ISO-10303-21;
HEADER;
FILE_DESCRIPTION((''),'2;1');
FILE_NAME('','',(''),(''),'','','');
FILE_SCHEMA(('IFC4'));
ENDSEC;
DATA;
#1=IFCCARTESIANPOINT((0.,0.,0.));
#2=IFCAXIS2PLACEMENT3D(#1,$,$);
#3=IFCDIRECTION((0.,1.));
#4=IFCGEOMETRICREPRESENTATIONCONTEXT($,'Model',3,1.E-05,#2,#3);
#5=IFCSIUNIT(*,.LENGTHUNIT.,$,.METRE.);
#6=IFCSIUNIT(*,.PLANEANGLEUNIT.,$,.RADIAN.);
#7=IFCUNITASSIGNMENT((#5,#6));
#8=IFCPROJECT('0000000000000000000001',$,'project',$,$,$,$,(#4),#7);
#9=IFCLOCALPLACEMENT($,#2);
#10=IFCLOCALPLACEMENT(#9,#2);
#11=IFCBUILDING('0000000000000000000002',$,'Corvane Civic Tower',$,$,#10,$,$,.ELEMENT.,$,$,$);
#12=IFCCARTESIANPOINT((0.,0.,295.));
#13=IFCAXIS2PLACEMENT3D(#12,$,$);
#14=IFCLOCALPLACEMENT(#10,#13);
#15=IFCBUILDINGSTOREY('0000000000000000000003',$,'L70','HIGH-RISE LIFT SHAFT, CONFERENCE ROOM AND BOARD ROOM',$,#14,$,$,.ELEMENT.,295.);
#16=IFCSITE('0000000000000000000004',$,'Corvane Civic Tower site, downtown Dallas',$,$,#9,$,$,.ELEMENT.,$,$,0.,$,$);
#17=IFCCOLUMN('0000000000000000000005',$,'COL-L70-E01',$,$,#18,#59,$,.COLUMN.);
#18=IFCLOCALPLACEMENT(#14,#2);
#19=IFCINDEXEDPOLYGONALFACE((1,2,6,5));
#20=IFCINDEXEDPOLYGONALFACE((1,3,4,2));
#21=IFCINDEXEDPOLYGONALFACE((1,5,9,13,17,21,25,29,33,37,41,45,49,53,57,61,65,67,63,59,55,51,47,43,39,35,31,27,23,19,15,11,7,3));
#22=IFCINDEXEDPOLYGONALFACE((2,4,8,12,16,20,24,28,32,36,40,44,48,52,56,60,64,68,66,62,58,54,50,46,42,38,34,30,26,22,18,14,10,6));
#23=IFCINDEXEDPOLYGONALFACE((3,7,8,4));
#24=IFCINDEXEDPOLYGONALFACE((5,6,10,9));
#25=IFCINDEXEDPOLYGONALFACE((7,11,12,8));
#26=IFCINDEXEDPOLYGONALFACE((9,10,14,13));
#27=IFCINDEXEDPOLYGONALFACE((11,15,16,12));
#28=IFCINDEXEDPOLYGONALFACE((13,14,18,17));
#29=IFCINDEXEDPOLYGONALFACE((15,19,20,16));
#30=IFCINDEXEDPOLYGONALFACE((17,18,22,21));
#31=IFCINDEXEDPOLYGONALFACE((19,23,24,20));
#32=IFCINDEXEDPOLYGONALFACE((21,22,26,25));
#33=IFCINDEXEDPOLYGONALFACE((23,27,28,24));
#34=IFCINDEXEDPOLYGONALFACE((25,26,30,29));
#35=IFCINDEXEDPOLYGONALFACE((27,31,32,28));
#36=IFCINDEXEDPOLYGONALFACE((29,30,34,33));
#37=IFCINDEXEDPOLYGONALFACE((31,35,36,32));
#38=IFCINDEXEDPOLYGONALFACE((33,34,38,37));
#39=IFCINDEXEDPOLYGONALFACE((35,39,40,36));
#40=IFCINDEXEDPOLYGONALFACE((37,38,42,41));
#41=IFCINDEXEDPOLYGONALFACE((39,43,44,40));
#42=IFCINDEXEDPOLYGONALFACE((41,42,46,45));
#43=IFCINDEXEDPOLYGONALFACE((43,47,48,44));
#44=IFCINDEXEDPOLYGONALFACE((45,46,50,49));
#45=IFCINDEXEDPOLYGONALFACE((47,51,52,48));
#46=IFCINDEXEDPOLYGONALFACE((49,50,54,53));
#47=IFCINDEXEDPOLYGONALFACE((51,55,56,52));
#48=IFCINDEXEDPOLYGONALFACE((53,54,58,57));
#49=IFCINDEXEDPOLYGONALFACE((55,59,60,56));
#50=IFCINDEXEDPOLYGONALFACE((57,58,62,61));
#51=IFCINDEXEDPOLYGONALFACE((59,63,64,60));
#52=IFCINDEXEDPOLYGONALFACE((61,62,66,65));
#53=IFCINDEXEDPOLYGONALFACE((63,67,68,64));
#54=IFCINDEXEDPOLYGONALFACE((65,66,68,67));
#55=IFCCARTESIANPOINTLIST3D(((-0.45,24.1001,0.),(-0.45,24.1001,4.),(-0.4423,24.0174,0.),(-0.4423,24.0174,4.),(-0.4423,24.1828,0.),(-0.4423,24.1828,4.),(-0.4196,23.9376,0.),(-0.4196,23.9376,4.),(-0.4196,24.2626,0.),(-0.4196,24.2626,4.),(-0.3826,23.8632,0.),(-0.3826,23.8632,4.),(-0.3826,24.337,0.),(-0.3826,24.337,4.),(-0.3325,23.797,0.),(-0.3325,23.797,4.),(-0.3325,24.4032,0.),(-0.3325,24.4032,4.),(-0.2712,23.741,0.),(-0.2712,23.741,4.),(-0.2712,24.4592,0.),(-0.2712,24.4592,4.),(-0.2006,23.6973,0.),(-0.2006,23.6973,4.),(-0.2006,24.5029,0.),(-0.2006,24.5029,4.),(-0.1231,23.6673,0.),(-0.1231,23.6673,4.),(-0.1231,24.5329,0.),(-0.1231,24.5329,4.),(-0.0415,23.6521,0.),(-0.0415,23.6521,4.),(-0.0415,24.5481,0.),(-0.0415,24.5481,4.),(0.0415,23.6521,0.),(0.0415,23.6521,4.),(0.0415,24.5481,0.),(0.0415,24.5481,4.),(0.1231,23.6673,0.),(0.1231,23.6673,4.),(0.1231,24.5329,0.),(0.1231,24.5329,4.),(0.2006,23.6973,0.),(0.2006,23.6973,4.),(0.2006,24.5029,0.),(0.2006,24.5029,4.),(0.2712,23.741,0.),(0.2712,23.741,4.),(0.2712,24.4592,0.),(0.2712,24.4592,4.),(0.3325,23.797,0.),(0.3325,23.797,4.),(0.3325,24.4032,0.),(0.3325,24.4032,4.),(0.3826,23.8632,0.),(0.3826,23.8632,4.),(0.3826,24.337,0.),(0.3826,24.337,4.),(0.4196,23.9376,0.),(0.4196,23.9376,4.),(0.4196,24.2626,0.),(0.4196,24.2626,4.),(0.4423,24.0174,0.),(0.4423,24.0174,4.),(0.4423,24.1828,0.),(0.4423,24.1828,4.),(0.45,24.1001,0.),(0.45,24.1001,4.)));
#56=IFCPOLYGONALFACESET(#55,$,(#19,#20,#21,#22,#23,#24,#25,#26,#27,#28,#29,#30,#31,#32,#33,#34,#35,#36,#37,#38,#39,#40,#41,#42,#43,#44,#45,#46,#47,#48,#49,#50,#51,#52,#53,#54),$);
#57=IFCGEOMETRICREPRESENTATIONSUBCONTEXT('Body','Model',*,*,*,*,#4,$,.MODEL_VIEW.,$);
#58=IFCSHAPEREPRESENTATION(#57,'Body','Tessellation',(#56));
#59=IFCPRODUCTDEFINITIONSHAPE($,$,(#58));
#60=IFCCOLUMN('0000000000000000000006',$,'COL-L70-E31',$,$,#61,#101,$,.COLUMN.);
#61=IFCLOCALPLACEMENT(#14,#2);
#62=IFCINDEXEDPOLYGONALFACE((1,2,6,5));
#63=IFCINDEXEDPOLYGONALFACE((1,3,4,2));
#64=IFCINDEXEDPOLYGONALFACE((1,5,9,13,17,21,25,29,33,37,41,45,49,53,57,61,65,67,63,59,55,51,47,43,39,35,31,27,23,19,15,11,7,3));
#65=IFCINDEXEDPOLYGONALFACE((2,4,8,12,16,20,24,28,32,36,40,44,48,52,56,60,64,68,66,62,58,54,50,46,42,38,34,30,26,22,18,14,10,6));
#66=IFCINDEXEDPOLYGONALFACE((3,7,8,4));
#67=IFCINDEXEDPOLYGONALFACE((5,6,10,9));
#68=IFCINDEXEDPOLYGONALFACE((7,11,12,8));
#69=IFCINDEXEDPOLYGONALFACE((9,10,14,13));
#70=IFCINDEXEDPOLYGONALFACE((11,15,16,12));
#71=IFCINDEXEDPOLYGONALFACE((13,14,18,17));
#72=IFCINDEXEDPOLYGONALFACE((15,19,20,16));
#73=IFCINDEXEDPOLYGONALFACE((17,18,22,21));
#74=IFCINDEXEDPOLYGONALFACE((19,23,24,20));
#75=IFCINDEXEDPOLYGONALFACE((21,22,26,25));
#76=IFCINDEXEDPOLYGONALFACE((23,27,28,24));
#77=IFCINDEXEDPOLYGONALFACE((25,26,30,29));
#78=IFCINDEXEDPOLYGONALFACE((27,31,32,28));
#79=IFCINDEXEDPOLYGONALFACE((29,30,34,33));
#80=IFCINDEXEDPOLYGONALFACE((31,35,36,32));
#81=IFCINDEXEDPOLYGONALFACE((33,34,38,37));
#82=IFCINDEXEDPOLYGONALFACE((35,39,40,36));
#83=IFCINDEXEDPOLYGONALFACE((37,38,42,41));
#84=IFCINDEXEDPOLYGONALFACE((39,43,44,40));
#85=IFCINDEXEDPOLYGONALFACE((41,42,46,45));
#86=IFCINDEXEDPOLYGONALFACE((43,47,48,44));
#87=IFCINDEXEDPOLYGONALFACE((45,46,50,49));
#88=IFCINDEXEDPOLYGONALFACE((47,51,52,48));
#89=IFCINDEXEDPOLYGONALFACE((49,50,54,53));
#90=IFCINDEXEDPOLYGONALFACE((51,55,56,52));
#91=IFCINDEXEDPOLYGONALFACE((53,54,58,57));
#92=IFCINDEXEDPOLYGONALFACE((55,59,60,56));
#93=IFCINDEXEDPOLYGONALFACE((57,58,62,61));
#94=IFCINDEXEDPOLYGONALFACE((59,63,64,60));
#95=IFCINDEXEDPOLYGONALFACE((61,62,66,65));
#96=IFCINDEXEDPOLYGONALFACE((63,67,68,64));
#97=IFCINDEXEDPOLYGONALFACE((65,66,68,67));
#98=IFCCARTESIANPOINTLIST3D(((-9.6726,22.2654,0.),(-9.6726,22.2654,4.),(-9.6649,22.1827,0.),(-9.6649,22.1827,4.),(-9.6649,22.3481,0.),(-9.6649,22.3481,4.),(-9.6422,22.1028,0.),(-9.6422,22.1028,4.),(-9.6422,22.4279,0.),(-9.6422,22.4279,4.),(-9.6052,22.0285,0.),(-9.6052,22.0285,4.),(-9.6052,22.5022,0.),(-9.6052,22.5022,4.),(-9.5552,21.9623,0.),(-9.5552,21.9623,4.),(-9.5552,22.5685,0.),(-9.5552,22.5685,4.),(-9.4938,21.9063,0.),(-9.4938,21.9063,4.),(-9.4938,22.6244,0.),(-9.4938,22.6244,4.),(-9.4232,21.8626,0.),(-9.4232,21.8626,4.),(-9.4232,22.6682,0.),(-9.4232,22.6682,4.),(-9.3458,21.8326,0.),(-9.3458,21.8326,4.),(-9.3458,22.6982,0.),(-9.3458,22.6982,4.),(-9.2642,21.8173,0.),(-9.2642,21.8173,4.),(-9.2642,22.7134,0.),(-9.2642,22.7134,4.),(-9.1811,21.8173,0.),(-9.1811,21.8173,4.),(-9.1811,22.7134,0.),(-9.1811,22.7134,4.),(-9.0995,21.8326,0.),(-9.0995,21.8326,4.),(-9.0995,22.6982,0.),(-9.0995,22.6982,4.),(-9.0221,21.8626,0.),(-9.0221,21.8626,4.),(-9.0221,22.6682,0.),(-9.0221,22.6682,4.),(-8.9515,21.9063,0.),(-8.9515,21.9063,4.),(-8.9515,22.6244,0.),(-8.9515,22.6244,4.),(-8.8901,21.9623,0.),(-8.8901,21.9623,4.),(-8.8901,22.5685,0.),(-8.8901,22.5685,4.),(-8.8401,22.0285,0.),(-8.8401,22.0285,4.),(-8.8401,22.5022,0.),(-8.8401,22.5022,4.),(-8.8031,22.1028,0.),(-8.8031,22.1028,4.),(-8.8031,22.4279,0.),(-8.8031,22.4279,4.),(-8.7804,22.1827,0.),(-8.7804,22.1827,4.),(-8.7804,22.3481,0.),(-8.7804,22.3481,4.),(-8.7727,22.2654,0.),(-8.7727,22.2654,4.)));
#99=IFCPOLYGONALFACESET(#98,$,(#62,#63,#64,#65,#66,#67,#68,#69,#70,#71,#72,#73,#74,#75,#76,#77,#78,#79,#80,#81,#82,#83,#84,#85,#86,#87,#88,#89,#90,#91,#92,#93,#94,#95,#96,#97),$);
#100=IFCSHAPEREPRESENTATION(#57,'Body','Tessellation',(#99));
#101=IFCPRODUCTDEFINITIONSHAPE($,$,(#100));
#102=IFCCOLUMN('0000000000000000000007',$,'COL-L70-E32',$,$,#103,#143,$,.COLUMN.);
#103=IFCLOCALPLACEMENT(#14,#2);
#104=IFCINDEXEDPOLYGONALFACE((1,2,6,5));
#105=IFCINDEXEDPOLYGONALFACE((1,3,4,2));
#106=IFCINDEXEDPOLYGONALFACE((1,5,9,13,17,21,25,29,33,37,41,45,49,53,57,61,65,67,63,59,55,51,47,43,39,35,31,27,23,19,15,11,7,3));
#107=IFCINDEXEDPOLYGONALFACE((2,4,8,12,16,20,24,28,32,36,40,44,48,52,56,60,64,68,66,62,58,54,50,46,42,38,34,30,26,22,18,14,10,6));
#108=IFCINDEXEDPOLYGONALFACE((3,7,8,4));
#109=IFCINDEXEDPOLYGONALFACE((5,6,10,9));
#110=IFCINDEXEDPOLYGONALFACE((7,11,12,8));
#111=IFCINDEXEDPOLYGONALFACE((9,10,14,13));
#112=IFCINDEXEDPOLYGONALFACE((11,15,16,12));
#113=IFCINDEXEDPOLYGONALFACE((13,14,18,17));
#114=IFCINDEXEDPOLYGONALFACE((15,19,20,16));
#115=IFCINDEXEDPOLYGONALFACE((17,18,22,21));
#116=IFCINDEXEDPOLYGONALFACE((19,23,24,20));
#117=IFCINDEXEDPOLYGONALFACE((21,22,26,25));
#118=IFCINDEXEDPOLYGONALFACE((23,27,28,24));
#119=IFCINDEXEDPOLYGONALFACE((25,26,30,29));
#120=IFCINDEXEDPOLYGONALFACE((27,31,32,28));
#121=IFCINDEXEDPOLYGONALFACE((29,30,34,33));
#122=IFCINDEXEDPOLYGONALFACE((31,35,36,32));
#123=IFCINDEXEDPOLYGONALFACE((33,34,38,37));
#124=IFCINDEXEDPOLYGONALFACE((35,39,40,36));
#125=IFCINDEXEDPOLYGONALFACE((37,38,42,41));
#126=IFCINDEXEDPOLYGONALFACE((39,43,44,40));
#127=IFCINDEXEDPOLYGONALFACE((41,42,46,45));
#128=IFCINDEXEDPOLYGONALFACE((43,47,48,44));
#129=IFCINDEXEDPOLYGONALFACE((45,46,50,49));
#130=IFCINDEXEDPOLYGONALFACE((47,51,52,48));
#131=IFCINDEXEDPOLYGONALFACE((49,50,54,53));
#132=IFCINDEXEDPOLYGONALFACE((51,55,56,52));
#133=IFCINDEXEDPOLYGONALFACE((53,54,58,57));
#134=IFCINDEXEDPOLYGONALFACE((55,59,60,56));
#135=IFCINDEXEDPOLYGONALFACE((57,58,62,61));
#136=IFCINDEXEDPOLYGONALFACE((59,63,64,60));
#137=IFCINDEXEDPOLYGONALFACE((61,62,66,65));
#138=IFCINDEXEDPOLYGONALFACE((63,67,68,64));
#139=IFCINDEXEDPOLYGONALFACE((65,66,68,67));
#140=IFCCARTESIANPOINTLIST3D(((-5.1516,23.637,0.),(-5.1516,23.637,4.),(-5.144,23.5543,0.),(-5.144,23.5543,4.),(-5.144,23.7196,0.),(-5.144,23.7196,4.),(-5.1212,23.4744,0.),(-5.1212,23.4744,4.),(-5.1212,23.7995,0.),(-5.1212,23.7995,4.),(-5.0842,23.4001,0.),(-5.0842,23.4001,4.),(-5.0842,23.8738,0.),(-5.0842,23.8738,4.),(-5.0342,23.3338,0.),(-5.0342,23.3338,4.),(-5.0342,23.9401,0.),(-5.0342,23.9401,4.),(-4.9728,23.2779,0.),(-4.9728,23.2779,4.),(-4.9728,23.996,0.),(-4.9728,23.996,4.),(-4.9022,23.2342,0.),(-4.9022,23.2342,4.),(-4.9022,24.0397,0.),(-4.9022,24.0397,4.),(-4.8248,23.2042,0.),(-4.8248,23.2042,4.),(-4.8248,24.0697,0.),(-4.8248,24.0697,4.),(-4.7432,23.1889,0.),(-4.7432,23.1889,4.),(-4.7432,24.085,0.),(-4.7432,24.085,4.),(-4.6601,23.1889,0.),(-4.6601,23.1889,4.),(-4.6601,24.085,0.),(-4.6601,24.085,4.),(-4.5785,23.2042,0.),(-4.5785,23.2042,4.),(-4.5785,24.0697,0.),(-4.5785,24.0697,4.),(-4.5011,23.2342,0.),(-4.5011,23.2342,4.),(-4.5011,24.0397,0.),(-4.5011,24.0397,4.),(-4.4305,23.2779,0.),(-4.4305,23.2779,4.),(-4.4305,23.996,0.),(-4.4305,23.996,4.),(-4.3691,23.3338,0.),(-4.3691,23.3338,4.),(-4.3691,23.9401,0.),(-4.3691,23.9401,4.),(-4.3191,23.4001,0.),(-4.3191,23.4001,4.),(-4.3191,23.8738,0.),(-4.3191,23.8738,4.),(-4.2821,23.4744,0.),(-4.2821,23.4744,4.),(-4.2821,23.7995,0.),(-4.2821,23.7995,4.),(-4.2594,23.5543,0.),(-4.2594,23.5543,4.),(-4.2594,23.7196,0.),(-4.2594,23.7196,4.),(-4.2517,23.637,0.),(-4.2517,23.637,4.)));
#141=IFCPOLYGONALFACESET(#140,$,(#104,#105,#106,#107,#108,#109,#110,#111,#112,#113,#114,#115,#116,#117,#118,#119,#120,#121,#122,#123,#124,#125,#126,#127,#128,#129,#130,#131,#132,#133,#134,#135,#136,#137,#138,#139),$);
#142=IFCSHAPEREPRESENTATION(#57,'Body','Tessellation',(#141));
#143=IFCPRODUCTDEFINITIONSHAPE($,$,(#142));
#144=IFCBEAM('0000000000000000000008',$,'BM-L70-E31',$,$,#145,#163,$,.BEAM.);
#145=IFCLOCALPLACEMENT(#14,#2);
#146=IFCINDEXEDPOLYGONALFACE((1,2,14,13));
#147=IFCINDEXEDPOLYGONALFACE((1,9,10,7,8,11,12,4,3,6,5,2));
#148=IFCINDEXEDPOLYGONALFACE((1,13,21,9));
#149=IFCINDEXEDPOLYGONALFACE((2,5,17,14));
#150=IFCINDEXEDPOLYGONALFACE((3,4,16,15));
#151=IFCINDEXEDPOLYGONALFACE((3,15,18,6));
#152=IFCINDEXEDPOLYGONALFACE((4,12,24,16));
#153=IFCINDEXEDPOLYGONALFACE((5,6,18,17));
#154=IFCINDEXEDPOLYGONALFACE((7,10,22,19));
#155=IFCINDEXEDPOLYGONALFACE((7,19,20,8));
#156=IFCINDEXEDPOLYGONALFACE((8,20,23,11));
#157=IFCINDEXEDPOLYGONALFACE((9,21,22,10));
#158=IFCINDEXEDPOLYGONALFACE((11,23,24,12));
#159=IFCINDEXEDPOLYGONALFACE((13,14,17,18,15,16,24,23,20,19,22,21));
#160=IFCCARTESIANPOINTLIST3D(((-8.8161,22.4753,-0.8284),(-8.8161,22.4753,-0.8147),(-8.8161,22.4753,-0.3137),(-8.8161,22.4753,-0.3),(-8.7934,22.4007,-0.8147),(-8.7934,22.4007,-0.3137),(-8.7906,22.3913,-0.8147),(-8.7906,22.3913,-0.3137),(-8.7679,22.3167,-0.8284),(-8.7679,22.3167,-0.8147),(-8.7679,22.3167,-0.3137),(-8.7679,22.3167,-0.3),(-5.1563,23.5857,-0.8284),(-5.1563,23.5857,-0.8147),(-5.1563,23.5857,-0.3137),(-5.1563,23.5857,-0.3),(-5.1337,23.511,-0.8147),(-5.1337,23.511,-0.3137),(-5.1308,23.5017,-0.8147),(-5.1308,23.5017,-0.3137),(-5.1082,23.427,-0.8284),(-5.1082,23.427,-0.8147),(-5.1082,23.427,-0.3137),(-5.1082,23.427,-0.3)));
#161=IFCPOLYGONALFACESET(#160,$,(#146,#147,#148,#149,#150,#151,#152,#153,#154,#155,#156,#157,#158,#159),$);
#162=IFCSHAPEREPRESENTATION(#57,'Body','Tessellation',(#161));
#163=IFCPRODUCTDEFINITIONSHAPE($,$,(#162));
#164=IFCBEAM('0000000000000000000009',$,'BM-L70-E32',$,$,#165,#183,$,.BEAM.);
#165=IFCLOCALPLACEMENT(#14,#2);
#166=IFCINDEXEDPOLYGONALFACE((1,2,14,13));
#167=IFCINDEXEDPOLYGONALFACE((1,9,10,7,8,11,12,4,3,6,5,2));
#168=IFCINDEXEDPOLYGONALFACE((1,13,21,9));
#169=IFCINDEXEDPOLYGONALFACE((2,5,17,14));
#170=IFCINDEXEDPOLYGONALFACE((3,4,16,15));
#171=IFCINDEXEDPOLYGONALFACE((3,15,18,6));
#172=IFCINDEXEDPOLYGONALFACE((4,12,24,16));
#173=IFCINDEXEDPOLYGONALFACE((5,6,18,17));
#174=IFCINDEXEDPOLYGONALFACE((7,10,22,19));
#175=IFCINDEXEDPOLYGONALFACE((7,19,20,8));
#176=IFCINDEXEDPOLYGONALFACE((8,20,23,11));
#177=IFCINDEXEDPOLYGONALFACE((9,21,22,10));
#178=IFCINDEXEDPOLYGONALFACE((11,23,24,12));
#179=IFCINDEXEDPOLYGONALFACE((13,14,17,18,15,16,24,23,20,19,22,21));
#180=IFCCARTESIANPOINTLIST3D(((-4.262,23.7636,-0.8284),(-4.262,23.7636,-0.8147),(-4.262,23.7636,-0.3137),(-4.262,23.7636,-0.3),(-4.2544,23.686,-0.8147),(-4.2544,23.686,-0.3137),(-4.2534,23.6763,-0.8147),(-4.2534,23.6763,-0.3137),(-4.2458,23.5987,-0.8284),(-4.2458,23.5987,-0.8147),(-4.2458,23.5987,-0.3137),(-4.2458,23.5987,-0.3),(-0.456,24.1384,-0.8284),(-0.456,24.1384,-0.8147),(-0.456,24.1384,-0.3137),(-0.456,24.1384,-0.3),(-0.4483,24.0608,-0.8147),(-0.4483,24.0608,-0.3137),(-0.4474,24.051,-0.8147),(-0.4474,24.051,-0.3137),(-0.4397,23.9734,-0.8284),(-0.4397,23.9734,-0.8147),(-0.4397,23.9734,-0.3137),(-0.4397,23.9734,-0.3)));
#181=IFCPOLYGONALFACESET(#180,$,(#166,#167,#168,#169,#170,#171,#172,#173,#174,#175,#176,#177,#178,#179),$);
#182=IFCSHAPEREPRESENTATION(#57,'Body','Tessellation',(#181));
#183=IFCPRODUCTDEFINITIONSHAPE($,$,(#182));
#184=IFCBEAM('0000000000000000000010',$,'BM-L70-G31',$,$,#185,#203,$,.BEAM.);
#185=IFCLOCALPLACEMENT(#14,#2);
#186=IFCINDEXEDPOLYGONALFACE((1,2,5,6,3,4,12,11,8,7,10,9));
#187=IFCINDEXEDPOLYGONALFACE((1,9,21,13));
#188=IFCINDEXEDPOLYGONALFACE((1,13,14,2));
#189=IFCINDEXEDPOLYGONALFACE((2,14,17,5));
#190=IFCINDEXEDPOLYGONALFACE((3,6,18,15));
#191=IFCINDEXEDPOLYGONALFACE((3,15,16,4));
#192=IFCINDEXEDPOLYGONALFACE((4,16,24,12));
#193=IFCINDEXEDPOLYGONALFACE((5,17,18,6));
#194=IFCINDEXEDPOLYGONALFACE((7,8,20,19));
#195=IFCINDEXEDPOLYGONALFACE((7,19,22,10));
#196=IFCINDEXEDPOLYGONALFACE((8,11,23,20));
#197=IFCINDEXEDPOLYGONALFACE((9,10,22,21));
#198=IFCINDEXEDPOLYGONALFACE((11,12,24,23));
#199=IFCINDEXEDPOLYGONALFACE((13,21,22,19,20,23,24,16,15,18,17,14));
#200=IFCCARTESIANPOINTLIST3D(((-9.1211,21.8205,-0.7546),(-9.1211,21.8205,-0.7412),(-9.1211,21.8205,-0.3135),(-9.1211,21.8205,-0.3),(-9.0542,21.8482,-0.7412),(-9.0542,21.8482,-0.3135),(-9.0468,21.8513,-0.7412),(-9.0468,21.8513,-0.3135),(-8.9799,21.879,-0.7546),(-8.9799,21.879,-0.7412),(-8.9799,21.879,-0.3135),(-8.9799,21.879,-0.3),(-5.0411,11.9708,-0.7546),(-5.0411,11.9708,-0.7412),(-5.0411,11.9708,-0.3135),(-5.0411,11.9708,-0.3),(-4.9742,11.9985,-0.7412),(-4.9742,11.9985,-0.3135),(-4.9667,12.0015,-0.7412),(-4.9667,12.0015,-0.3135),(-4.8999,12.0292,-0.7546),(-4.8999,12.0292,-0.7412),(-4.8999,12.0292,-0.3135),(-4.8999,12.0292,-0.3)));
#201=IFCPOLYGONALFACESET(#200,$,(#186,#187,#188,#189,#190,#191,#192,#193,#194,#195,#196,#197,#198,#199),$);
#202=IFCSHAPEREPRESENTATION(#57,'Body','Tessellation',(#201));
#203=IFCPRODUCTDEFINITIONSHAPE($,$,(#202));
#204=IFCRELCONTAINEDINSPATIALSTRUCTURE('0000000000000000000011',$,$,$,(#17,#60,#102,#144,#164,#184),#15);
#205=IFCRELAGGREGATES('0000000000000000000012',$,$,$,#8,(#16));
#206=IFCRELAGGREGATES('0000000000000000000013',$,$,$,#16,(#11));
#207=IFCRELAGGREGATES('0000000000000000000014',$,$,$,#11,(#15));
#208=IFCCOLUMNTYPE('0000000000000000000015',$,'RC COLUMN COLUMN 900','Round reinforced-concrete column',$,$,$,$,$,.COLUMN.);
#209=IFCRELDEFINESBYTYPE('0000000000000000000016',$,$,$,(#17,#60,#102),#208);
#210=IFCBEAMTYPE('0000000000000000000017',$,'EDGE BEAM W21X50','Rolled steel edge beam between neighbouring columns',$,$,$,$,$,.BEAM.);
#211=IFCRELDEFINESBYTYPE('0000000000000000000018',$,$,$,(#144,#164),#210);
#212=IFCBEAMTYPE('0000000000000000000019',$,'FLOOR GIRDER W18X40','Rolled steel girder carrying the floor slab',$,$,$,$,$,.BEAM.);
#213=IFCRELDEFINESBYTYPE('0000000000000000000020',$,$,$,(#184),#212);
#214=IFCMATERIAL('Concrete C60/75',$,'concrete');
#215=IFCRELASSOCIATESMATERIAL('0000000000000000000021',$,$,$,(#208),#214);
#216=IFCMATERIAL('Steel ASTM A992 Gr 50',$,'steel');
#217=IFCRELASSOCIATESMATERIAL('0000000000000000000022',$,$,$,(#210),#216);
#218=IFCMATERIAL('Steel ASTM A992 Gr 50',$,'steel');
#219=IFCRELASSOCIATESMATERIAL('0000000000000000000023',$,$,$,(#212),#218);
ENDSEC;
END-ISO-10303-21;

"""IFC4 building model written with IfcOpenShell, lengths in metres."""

from ifc_helpers import new_model, si_unit, direction, frame, origin, origin_2d, place, context, subcontext, project, spatial, circle, i_section, extrude, material, material_profile, profile_set, type_object, element, save


model = new_model("IFC4")

# Units and contexts
model_context = context("Model", 3, precision=1e-05, world=origin(), true_north=direction((0.0, 1.0)))
body_context = subcontext(model_context, "Body", "Model", "MODEL_VIEW")
ifc_project = project(units=[si_unit("LENGTHUNIT", "METRE"), si_unit("PLANEANGLEUNIT", "RADIAN")], contexts=[model_context])

# Site, building, storey
site_placement = place(None, origin())
site = spatial("IfcSite", under=ifc_project, at=site_placement, Name="Corvane Civic Tower site, downtown Dallas", CompositionType="ELEMENT", RefElevation=0.0)
building_placement = place(site_placement, origin())
building = spatial("IfcBuilding", under=site, at=building_placement, Name="Corvane Civic Tower", CompositionType="ELEMENT")
storey_placement = place(building_placement, frame((0.0, 0.0, 295.0)))
storey = spatial("IfcBuildingStorey", under=building, at=storey_placement, Name="L70", Description="HIGH-RISE LIFT SHAFT, CONFERENCE ROOM AND BOARD ROOM", CompositionType="ELEMENT", Elevation=295.0)

# Columns
ifc_material_1 = material(Name="Concrete C60/75", Category="concrete")
ifc_material_profile_1 = material_profile(ifc_material_1, circle(Radius=0.45, at=origin_2d()), Name="COLUMN 900")
ifc_profile_set_1 = profile_set([ifc_material_profile_1], Name="Concrete C60/75")
column_type = type_object("IfcColumnType", Name="RC COLUMN COLUMN 900", Description="Round reinforced-concrete column", PredefinedType="COLUMN", material=ifc_profile_set_1)
for number, where, z_axis, x_axis, name in (
    (1, (0.0, 24.1001, 0.0), (0.0, 0.0, 1.0), (1.0, 0.0, 0.0), "COL-L70-E01"),
    (2, (-9.2227, 22.2654, 0.0), (0.0, 0.0, 1.0), (1.0, 0.0, 0.0), "COL-L70-E31"),
    (3, (-4.7017, 23.637, 0.0), (0.0, 0.0, 1.0), (1.0, 0.0, 0.0), "COL-L70-E32"),
):
    element("IfcColumn", number, at=place(storey_placement, frame(where, z_axis=z_axis, x_axis=x_axis)), inside=storey, type_object=column_type, Name=name, PredefinedType="COLUMN", context=body_context, shape_type="SweptSolid", body=[
        extrude(circle(Radius=0.45, at=origin_2d()), origin(), (0.0, 0.0, 1.0), 4.0),
    ])

# Beams
ifc_material_2 = material(Name="Steel ASTM A992 Gr 50", Category="steel")
ifc_material_profile_2 = material_profile(ifc_material_2, i_section(OverallWidth=0.1658, OverallDepth=0.5283, WebThickness=0.0098, FlangeThickness=0.0137, at=origin_2d()), Name="W21X50")
ifc_profile_set_2 = profile_set([ifc_material_profile_2], Name="Steel ASTM A992 Gr 50")
beam_type_1 = type_object("IfcBeamType", Name="EDGE BEAM W21X50", Description="Rolled steel edge beam between neighbouring columns", PredefinedType="BEAM", material=ifc_profile_set_2)
for number, where, z_axis, x_axis, name in (
    (4, (-8.792, 22.396, -0.5642), (0.956926, 0.290333, 0.0), (-0.290333, 0.956926, 0.0), "BM-L70-E31"),
    (5, (-4.2539, 23.6812, -0.5642), (0.995188, 0.097987, 0.0), (-0.097987, 0.995188, 0.0), "BM-L70-E32"),
):
    element("IfcBeam", number, at=place(storey_placement, frame(where, z_axis=z_axis, x_axis=x_axis)), inside=storey, type_object=beam_type_1, Name=name, PredefinedType="BEAM", context=body_context, shape_type="SweptSolid", body=[
        extrude(i_section(OverallWidth=0.1658, OverallDepth=0.5283, WebThickness=0.0098, FlangeThickness=0.0137, at=origin_2d()), origin(), (0.0, 0.0, 1.0), 3.8245),
    ])
ifc_material_3 = material(Name="Steel ASTM A992 Gr 50", Category="steel")
ifc_material_profile_3 = material_profile(ifc_material_3, i_section(OverallWidth=0.1528, OverallDepth=0.4546, WebThickness=0.0081, FlangeThickness=0.0134, at=origin_2d()), Name="W18X40")
ifc_profile_set_3 = profile_set([ifc_material_profile_3], Name="Steel ASTM A992 Gr 50")
beam_type_2 = type_object("IfcBeamType", Name="FLOOR GIRDER W18X40", Description="Rolled steel girder carrying the floor slab", PredefinedType="BEAM", material=ifc_profile_set_3)
beam_1_placement = place(storey_placement, frame((-4.9705, 12.0, -0.5273), z_axis=(-0.382694, 0.923875, 0.0), x_axis=(-0.923875, -0.382694, 0.0)))
element("IfcBeam", 6, at=beam_1_placement, inside=storey, type_object=beam_type_2, Name="BM-L70-G31", PredefinedType="BEAM", context=body_context, shape_type="SweptSolid", body=[
    extrude(i_section(OverallWidth=0.1528, OverallDepth=0.4546, WebThickness=0.0081, FlangeThickness=0.0134, at=origin_2d()), origin(), (0.0, 0.0, 1.0), 10.6614),
])

save(model, "model.ifc")
